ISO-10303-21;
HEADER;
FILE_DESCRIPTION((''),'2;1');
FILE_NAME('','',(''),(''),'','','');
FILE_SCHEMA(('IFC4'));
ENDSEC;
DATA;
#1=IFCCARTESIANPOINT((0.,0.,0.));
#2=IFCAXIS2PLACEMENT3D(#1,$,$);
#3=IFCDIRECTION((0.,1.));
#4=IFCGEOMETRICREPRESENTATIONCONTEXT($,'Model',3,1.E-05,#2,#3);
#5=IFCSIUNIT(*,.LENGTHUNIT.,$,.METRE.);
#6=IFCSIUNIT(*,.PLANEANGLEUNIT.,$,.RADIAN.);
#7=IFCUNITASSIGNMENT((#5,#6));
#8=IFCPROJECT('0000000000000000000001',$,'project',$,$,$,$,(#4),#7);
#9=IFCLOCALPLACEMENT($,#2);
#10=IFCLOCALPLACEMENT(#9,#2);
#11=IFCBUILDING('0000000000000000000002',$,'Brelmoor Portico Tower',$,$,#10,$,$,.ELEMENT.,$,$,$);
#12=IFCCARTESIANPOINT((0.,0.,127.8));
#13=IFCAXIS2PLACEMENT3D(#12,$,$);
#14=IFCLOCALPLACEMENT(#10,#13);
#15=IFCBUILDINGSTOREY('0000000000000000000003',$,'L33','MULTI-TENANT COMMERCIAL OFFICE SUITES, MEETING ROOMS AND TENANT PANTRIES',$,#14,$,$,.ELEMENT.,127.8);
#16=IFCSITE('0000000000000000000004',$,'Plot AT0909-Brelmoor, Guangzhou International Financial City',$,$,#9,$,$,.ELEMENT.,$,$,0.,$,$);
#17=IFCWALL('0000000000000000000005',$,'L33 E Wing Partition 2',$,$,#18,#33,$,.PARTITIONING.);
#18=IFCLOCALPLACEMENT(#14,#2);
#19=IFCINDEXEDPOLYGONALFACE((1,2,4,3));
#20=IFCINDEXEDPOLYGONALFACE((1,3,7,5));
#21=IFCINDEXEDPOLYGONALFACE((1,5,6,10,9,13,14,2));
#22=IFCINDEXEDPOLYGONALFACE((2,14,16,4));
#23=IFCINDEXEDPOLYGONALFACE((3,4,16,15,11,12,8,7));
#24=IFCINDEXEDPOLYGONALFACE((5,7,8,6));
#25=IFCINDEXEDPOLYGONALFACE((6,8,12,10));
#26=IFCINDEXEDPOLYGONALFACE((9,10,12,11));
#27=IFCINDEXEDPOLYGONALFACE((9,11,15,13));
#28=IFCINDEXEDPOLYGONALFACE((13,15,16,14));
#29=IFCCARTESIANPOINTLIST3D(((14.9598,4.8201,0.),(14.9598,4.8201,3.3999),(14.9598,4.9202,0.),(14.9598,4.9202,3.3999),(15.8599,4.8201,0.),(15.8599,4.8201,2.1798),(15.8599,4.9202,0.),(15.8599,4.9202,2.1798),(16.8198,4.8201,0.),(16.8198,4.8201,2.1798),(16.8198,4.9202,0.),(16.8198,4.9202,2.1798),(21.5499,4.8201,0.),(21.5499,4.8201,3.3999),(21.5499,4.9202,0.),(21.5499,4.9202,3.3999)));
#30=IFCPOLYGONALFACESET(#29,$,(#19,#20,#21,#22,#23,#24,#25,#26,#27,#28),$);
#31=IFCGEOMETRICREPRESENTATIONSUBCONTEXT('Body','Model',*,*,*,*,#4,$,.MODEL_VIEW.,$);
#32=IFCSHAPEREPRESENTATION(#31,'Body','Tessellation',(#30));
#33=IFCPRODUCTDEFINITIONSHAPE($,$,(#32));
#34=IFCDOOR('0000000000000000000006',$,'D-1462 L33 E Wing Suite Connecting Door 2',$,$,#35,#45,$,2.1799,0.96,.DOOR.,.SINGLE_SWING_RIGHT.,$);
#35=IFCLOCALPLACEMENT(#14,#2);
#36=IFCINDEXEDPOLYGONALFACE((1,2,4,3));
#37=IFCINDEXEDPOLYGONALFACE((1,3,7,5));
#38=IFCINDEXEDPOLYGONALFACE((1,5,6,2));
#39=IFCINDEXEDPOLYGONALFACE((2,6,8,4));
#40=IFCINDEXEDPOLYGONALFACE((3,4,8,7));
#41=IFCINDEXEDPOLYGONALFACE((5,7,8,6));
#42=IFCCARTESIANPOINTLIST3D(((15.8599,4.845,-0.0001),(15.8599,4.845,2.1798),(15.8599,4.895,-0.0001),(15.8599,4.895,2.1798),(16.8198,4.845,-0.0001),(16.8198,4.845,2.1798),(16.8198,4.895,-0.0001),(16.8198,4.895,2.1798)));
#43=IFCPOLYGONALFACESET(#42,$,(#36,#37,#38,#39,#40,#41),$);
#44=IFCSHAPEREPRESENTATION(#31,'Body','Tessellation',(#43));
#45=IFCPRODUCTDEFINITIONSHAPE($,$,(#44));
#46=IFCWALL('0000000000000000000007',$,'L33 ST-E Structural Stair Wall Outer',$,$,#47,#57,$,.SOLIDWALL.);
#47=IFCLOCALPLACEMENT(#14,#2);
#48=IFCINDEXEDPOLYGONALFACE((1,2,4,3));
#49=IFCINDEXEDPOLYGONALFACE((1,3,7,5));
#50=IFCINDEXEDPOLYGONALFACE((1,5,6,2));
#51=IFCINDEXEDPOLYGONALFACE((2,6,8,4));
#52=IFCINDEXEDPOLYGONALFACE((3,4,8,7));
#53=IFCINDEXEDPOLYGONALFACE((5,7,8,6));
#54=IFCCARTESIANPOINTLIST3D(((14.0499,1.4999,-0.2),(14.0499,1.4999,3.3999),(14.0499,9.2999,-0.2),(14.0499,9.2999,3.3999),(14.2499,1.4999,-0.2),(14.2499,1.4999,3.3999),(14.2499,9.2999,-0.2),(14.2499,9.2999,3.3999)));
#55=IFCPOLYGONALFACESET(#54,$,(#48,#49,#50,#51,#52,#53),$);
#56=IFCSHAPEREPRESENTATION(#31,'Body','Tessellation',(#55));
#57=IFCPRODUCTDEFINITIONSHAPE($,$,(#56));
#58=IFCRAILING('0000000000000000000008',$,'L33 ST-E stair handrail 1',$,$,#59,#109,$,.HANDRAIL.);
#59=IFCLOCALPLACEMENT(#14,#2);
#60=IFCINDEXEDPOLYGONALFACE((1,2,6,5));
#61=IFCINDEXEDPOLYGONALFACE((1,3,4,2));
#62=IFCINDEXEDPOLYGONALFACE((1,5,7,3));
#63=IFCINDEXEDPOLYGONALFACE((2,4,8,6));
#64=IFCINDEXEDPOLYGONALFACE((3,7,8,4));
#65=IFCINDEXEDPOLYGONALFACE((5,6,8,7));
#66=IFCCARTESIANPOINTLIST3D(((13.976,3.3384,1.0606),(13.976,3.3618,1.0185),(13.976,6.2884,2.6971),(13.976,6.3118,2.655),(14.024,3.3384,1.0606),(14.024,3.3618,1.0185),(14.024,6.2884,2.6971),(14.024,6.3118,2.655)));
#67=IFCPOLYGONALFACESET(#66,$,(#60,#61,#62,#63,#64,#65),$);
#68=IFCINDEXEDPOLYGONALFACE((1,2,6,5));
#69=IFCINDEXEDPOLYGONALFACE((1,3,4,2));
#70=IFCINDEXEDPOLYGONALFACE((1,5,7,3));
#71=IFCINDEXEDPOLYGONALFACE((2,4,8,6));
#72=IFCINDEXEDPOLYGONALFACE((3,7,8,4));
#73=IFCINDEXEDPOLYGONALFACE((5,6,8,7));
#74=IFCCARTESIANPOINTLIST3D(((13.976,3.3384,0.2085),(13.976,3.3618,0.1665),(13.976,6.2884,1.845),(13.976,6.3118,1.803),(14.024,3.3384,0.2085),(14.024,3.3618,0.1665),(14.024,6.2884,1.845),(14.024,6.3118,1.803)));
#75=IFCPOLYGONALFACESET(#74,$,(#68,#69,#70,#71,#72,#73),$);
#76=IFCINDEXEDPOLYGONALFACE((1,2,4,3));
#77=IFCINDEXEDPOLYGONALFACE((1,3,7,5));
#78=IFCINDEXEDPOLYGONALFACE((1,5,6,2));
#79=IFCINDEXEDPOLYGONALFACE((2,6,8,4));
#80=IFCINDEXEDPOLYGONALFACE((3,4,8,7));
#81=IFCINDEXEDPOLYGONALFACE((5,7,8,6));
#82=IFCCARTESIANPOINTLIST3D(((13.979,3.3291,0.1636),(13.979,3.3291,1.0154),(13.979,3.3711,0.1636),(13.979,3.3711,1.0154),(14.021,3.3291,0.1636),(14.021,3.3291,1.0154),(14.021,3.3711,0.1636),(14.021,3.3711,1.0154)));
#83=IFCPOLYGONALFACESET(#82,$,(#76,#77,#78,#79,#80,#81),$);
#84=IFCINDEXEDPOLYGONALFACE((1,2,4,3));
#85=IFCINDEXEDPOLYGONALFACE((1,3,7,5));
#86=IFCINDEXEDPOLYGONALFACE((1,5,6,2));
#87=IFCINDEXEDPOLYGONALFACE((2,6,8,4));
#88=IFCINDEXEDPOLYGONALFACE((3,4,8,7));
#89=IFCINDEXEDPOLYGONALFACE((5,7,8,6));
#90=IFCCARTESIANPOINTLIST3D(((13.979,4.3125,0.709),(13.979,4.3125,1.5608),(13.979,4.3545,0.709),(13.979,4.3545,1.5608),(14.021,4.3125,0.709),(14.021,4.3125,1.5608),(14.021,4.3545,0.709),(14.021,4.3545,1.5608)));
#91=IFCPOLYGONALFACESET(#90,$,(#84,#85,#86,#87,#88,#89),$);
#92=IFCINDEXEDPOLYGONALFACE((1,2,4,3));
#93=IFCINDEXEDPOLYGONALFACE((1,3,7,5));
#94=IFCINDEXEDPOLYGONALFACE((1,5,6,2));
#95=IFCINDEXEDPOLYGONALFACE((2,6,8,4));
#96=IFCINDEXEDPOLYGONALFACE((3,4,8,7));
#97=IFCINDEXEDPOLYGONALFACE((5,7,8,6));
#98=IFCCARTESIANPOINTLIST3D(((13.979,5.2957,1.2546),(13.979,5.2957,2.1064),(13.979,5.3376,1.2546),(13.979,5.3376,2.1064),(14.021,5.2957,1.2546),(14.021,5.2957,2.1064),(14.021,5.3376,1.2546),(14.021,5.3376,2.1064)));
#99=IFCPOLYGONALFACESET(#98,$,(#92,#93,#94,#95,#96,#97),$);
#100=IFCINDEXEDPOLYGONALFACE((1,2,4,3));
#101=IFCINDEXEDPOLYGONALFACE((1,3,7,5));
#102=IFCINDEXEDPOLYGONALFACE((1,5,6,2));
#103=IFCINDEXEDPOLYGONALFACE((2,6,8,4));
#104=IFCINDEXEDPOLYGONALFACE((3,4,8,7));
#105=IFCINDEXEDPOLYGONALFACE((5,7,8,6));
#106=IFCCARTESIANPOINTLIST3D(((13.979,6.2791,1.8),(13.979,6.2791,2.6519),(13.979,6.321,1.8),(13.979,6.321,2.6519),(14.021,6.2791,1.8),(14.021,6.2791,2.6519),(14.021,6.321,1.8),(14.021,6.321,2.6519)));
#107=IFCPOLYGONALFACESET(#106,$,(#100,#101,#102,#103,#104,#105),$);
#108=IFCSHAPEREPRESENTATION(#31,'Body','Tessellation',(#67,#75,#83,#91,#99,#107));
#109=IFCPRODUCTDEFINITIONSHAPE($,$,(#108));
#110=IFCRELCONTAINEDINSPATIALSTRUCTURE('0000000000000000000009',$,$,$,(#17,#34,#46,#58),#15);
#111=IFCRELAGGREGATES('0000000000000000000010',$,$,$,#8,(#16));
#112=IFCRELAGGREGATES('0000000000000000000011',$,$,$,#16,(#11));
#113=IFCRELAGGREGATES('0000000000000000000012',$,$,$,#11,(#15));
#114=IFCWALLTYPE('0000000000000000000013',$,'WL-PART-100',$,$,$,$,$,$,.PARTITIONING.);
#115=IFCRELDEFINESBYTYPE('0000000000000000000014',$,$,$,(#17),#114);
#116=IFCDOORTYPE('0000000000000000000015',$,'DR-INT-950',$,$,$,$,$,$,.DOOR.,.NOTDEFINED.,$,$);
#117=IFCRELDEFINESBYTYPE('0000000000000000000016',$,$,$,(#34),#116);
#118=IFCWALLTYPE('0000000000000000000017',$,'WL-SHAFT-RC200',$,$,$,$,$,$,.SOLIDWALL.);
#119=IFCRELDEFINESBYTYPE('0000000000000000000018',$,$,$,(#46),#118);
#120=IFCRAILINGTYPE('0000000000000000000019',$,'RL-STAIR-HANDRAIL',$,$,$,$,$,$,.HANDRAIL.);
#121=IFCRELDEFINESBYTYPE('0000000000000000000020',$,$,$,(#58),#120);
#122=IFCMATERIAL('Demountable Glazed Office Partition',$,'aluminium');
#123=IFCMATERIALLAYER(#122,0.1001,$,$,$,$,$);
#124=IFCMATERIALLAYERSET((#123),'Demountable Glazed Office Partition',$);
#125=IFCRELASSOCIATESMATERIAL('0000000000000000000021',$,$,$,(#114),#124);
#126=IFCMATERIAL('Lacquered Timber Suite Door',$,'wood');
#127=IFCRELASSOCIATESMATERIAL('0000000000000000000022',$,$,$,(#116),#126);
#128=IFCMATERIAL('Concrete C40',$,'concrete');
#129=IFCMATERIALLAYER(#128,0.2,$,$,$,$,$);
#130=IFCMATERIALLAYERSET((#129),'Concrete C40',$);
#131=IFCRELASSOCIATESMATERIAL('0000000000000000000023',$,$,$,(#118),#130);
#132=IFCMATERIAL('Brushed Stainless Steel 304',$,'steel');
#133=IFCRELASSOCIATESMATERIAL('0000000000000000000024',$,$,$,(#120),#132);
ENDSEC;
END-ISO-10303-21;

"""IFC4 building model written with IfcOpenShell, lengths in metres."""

from ifc_helpers import new_model, si_unit, direction, frame, frame_2d, origin, origin_2d, place, context, subcontext, project, spatial, rectangle, extrude, material, layer, layer_set, type_object, element, fill, save


model = new_model("IFC4")

# Units and contexts
model_context = context("Model", 3, precision=1e-05, world=origin(), true_north=direction((0.0, 1.0)))
body_context = subcontext(model_context, "Body", "Model", "MODEL_VIEW")
ifc_project = project(units=[si_unit("LENGTHUNIT", "METRE"), si_unit("PLANEANGLEUNIT", "RADIAN")], contexts=[model_context])

# Site, building, storey
site_placement = place(None, origin())
site = spatial("IfcSite", under=ifc_project, at=site_placement, Name="Plot AT0909-Brelmoor, Guangzhou International Financial City", CompositionType="ELEMENT", RefElevation=0.0)
building_placement = place(site_placement, origin())
building = spatial("IfcBuilding", under=site, at=building_placement, Name="Brelmoor Portico Tower", CompositionType="ELEMENT")
storey_placement = place(building_placement, frame((0.0, 0.0, 127.8)))
storey = spatial("IfcBuildingStorey", under=building, at=storey_placement, Name="L33", Description="MULTI-TENANT COMMERCIAL OFFICE SUITES, MEETING ROOMS AND TENANT PANTRIES", CompositionType="ELEMENT", Elevation=127.8)

# Wall, opening, door
ifc_material_1 = material(Name="Demountable Glazed Office Partition", Category="aluminium")
ifc_layer_1 = layer(ifc_material_1, 0.1001)
ifc_layer_set_1 = layer_set([ifc_layer_1], Name="Demountable Glazed Office Partition")
wall_type_1 = type_object("IfcWallType", Name="WL-PART-100", PredefinedType="PARTITIONING", material=ifc_layer_set_1)
wall_1_placement = place(storey_placement, frame((14.96, 4.8701, 0.0), z_axis=(0.0, 0.0, 1.0), x_axis=(1.0, 0.0, 0.0)))
wall_1 = element("IfcWall", 1, at=wall_1_placement, inside=storey, type_object=wall_type_1, Name="L33 E Wing Partition 2", PredefinedType="PARTITIONING", context=body_context, shape_type="SweptSolid", body=[
    extrude(rectangle(XDim=6.5901, YDim=0.1001, at=frame_2d((3.2949, 0.0))), origin(), (0.0, 0.0, 1.0), 3.3999),
])
opening_placement = place(wall_1_placement, frame((0.8999, 0.0, 0.0)))
opening = element("IfcOpeningElement", 2, at=opening_placement, cuts=wall_1, PredefinedType="OPENING", context=body_context, shape_type="SweptSolid", body=[
    extrude(rectangle(XDim=0.96, YDim=2.1799, at=frame_2d((0.48, 1.0898))), frame((0.0, 0.0601, 0.0), z_axis=(0.0, -1.0, 0.0), x_axis=(1.0, 0.0, 0.0)), (0.0, 0.0, 1.0), 0.1201),
])
ifc_material_2 = material(Name="Lacquered Timber Suite Door", Category="wood")
door_type = type_object("IfcDoorType", Name="DR-INT-950", OperationType="NOTDEFINED", PredefinedType="DOOR", material=ifc_material_2)
door_placement = place(opening_placement, origin())
door = element("IfcDoor", 3, at=door_placement, inside=storey, type_object=door_type, Name="D-1462 L33 E Wing Suite Connecting Door 2", OperationType="SINGLE_SWING_RIGHT", OverallHeight=2.1799, OverallWidth=0.96, PredefinedType="DOOR", context=body_context, shape_type="SweptSolid", body=[
    extrude(rectangle(XDim=0.96, YDim=2.1799, at=frame_2d((0.48, 1.0898))), frame((0.0, 0.0249, 0.0), z_axis=(0.0, -1.0, 0.0), x_axis=(1.0, 0.0, 0.0)), (0.0, 0.0, 1.0), 0.05),
])
fill(opening, door)

# Wall
ifc_material_3 = material(Name="Concrete C40", Category="concrete")
ifc_layer_2 = layer(ifc_material_3, 0.2)
ifc_layer_set_2 = layer_set([ifc_layer_2], Name="Concrete C40")
wall_type_2 = type_object("IfcWallType", Name="WL-SHAFT-RC200", PredefinedType="SOLIDWALL", material=ifc_layer_set_2)
wall_2_placement = place(storey_placement, frame((14.1499, 1.5, -0.2), z_axis=(0.0, 0.0, 1.0), x_axis=(0.0, 1.0, 0.0)))
element("IfcWall", 4, at=wall_2_placement, inside=storey, type_object=wall_type_2, Name="L33 ST-E Structural Stair Wall Outer", PredefinedType="SOLIDWALL", context=body_context, shape_type="SweptSolid", body=[
    extrude(rectangle(XDim=7.8, YDim=0.2, at=frame_2d((3.8999, 0.0))), origin(), (0.0, 0.0, 1.0), 3.5999),
])

# Railing
ifc_material_4 = material(Name="Brushed Stainless Steel 304", Category="steel")
railing_type = type_object("IfcRailingType", Name="RL-STAIR-HANDRAIL", PredefinedType="HANDRAIL", material=ifc_material_4)
railing_placement = place(storey_placement, frame((14.0, 3.3501, 0.1636)))
element("IfcRailing", 5, at=railing_placement, inside=storey, type_object=railing_type, Name="L33 ST-E stair handrail 1", PredefinedType="HANDRAIL", context=body_context, shape_type="SweptSolid", body=[
    extrude(rectangle(XDim=0.0481, YDim=0.0481, at=origin_2d()), frame((0.0, 0.0, 0.876), z_axis=(0.0, 0.874458, 0.485102), x_axis=(-1.0, 0.0, 0.0)), (0.0, 0.0, 1.0), 3.3735),
    extrude(rectangle(XDim=0.0481, YDim=0.0481, at=origin_2d()), frame((0.0, 0.0, 0.0239), z_axis=(0.0, 0.874458, 0.485102), x_axis=(-1.0, 0.0, 0.0)), (0.0, 0.0, 1.0), 3.3735),
    extrude(rectangle(XDim=0.042, YDim=0.042, at=origin_2d()), origin(), (0.0, 0.0, 1.0), 0.8518),
    extrude(rectangle(XDim=0.042, YDim=0.042, at=origin_2d()), frame((0.0, 0.9834, 0.5454)), (0.0, 0.0, 1.0), 0.8518),
    extrude(rectangle(XDim=0.042, YDim=0.042, at=origin_2d()), frame((0.0, 1.9666, 1.0911)), (0.0, 0.0, 1.0), 0.8518),
    extrude(rectangle(XDim=0.042, YDim=0.042, at=origin_2d()), frame((0.0, 2.95, 1.6365)), (0.0, 0.0, 1.0), 0.8518),
])

save(model, "model.ifc")
